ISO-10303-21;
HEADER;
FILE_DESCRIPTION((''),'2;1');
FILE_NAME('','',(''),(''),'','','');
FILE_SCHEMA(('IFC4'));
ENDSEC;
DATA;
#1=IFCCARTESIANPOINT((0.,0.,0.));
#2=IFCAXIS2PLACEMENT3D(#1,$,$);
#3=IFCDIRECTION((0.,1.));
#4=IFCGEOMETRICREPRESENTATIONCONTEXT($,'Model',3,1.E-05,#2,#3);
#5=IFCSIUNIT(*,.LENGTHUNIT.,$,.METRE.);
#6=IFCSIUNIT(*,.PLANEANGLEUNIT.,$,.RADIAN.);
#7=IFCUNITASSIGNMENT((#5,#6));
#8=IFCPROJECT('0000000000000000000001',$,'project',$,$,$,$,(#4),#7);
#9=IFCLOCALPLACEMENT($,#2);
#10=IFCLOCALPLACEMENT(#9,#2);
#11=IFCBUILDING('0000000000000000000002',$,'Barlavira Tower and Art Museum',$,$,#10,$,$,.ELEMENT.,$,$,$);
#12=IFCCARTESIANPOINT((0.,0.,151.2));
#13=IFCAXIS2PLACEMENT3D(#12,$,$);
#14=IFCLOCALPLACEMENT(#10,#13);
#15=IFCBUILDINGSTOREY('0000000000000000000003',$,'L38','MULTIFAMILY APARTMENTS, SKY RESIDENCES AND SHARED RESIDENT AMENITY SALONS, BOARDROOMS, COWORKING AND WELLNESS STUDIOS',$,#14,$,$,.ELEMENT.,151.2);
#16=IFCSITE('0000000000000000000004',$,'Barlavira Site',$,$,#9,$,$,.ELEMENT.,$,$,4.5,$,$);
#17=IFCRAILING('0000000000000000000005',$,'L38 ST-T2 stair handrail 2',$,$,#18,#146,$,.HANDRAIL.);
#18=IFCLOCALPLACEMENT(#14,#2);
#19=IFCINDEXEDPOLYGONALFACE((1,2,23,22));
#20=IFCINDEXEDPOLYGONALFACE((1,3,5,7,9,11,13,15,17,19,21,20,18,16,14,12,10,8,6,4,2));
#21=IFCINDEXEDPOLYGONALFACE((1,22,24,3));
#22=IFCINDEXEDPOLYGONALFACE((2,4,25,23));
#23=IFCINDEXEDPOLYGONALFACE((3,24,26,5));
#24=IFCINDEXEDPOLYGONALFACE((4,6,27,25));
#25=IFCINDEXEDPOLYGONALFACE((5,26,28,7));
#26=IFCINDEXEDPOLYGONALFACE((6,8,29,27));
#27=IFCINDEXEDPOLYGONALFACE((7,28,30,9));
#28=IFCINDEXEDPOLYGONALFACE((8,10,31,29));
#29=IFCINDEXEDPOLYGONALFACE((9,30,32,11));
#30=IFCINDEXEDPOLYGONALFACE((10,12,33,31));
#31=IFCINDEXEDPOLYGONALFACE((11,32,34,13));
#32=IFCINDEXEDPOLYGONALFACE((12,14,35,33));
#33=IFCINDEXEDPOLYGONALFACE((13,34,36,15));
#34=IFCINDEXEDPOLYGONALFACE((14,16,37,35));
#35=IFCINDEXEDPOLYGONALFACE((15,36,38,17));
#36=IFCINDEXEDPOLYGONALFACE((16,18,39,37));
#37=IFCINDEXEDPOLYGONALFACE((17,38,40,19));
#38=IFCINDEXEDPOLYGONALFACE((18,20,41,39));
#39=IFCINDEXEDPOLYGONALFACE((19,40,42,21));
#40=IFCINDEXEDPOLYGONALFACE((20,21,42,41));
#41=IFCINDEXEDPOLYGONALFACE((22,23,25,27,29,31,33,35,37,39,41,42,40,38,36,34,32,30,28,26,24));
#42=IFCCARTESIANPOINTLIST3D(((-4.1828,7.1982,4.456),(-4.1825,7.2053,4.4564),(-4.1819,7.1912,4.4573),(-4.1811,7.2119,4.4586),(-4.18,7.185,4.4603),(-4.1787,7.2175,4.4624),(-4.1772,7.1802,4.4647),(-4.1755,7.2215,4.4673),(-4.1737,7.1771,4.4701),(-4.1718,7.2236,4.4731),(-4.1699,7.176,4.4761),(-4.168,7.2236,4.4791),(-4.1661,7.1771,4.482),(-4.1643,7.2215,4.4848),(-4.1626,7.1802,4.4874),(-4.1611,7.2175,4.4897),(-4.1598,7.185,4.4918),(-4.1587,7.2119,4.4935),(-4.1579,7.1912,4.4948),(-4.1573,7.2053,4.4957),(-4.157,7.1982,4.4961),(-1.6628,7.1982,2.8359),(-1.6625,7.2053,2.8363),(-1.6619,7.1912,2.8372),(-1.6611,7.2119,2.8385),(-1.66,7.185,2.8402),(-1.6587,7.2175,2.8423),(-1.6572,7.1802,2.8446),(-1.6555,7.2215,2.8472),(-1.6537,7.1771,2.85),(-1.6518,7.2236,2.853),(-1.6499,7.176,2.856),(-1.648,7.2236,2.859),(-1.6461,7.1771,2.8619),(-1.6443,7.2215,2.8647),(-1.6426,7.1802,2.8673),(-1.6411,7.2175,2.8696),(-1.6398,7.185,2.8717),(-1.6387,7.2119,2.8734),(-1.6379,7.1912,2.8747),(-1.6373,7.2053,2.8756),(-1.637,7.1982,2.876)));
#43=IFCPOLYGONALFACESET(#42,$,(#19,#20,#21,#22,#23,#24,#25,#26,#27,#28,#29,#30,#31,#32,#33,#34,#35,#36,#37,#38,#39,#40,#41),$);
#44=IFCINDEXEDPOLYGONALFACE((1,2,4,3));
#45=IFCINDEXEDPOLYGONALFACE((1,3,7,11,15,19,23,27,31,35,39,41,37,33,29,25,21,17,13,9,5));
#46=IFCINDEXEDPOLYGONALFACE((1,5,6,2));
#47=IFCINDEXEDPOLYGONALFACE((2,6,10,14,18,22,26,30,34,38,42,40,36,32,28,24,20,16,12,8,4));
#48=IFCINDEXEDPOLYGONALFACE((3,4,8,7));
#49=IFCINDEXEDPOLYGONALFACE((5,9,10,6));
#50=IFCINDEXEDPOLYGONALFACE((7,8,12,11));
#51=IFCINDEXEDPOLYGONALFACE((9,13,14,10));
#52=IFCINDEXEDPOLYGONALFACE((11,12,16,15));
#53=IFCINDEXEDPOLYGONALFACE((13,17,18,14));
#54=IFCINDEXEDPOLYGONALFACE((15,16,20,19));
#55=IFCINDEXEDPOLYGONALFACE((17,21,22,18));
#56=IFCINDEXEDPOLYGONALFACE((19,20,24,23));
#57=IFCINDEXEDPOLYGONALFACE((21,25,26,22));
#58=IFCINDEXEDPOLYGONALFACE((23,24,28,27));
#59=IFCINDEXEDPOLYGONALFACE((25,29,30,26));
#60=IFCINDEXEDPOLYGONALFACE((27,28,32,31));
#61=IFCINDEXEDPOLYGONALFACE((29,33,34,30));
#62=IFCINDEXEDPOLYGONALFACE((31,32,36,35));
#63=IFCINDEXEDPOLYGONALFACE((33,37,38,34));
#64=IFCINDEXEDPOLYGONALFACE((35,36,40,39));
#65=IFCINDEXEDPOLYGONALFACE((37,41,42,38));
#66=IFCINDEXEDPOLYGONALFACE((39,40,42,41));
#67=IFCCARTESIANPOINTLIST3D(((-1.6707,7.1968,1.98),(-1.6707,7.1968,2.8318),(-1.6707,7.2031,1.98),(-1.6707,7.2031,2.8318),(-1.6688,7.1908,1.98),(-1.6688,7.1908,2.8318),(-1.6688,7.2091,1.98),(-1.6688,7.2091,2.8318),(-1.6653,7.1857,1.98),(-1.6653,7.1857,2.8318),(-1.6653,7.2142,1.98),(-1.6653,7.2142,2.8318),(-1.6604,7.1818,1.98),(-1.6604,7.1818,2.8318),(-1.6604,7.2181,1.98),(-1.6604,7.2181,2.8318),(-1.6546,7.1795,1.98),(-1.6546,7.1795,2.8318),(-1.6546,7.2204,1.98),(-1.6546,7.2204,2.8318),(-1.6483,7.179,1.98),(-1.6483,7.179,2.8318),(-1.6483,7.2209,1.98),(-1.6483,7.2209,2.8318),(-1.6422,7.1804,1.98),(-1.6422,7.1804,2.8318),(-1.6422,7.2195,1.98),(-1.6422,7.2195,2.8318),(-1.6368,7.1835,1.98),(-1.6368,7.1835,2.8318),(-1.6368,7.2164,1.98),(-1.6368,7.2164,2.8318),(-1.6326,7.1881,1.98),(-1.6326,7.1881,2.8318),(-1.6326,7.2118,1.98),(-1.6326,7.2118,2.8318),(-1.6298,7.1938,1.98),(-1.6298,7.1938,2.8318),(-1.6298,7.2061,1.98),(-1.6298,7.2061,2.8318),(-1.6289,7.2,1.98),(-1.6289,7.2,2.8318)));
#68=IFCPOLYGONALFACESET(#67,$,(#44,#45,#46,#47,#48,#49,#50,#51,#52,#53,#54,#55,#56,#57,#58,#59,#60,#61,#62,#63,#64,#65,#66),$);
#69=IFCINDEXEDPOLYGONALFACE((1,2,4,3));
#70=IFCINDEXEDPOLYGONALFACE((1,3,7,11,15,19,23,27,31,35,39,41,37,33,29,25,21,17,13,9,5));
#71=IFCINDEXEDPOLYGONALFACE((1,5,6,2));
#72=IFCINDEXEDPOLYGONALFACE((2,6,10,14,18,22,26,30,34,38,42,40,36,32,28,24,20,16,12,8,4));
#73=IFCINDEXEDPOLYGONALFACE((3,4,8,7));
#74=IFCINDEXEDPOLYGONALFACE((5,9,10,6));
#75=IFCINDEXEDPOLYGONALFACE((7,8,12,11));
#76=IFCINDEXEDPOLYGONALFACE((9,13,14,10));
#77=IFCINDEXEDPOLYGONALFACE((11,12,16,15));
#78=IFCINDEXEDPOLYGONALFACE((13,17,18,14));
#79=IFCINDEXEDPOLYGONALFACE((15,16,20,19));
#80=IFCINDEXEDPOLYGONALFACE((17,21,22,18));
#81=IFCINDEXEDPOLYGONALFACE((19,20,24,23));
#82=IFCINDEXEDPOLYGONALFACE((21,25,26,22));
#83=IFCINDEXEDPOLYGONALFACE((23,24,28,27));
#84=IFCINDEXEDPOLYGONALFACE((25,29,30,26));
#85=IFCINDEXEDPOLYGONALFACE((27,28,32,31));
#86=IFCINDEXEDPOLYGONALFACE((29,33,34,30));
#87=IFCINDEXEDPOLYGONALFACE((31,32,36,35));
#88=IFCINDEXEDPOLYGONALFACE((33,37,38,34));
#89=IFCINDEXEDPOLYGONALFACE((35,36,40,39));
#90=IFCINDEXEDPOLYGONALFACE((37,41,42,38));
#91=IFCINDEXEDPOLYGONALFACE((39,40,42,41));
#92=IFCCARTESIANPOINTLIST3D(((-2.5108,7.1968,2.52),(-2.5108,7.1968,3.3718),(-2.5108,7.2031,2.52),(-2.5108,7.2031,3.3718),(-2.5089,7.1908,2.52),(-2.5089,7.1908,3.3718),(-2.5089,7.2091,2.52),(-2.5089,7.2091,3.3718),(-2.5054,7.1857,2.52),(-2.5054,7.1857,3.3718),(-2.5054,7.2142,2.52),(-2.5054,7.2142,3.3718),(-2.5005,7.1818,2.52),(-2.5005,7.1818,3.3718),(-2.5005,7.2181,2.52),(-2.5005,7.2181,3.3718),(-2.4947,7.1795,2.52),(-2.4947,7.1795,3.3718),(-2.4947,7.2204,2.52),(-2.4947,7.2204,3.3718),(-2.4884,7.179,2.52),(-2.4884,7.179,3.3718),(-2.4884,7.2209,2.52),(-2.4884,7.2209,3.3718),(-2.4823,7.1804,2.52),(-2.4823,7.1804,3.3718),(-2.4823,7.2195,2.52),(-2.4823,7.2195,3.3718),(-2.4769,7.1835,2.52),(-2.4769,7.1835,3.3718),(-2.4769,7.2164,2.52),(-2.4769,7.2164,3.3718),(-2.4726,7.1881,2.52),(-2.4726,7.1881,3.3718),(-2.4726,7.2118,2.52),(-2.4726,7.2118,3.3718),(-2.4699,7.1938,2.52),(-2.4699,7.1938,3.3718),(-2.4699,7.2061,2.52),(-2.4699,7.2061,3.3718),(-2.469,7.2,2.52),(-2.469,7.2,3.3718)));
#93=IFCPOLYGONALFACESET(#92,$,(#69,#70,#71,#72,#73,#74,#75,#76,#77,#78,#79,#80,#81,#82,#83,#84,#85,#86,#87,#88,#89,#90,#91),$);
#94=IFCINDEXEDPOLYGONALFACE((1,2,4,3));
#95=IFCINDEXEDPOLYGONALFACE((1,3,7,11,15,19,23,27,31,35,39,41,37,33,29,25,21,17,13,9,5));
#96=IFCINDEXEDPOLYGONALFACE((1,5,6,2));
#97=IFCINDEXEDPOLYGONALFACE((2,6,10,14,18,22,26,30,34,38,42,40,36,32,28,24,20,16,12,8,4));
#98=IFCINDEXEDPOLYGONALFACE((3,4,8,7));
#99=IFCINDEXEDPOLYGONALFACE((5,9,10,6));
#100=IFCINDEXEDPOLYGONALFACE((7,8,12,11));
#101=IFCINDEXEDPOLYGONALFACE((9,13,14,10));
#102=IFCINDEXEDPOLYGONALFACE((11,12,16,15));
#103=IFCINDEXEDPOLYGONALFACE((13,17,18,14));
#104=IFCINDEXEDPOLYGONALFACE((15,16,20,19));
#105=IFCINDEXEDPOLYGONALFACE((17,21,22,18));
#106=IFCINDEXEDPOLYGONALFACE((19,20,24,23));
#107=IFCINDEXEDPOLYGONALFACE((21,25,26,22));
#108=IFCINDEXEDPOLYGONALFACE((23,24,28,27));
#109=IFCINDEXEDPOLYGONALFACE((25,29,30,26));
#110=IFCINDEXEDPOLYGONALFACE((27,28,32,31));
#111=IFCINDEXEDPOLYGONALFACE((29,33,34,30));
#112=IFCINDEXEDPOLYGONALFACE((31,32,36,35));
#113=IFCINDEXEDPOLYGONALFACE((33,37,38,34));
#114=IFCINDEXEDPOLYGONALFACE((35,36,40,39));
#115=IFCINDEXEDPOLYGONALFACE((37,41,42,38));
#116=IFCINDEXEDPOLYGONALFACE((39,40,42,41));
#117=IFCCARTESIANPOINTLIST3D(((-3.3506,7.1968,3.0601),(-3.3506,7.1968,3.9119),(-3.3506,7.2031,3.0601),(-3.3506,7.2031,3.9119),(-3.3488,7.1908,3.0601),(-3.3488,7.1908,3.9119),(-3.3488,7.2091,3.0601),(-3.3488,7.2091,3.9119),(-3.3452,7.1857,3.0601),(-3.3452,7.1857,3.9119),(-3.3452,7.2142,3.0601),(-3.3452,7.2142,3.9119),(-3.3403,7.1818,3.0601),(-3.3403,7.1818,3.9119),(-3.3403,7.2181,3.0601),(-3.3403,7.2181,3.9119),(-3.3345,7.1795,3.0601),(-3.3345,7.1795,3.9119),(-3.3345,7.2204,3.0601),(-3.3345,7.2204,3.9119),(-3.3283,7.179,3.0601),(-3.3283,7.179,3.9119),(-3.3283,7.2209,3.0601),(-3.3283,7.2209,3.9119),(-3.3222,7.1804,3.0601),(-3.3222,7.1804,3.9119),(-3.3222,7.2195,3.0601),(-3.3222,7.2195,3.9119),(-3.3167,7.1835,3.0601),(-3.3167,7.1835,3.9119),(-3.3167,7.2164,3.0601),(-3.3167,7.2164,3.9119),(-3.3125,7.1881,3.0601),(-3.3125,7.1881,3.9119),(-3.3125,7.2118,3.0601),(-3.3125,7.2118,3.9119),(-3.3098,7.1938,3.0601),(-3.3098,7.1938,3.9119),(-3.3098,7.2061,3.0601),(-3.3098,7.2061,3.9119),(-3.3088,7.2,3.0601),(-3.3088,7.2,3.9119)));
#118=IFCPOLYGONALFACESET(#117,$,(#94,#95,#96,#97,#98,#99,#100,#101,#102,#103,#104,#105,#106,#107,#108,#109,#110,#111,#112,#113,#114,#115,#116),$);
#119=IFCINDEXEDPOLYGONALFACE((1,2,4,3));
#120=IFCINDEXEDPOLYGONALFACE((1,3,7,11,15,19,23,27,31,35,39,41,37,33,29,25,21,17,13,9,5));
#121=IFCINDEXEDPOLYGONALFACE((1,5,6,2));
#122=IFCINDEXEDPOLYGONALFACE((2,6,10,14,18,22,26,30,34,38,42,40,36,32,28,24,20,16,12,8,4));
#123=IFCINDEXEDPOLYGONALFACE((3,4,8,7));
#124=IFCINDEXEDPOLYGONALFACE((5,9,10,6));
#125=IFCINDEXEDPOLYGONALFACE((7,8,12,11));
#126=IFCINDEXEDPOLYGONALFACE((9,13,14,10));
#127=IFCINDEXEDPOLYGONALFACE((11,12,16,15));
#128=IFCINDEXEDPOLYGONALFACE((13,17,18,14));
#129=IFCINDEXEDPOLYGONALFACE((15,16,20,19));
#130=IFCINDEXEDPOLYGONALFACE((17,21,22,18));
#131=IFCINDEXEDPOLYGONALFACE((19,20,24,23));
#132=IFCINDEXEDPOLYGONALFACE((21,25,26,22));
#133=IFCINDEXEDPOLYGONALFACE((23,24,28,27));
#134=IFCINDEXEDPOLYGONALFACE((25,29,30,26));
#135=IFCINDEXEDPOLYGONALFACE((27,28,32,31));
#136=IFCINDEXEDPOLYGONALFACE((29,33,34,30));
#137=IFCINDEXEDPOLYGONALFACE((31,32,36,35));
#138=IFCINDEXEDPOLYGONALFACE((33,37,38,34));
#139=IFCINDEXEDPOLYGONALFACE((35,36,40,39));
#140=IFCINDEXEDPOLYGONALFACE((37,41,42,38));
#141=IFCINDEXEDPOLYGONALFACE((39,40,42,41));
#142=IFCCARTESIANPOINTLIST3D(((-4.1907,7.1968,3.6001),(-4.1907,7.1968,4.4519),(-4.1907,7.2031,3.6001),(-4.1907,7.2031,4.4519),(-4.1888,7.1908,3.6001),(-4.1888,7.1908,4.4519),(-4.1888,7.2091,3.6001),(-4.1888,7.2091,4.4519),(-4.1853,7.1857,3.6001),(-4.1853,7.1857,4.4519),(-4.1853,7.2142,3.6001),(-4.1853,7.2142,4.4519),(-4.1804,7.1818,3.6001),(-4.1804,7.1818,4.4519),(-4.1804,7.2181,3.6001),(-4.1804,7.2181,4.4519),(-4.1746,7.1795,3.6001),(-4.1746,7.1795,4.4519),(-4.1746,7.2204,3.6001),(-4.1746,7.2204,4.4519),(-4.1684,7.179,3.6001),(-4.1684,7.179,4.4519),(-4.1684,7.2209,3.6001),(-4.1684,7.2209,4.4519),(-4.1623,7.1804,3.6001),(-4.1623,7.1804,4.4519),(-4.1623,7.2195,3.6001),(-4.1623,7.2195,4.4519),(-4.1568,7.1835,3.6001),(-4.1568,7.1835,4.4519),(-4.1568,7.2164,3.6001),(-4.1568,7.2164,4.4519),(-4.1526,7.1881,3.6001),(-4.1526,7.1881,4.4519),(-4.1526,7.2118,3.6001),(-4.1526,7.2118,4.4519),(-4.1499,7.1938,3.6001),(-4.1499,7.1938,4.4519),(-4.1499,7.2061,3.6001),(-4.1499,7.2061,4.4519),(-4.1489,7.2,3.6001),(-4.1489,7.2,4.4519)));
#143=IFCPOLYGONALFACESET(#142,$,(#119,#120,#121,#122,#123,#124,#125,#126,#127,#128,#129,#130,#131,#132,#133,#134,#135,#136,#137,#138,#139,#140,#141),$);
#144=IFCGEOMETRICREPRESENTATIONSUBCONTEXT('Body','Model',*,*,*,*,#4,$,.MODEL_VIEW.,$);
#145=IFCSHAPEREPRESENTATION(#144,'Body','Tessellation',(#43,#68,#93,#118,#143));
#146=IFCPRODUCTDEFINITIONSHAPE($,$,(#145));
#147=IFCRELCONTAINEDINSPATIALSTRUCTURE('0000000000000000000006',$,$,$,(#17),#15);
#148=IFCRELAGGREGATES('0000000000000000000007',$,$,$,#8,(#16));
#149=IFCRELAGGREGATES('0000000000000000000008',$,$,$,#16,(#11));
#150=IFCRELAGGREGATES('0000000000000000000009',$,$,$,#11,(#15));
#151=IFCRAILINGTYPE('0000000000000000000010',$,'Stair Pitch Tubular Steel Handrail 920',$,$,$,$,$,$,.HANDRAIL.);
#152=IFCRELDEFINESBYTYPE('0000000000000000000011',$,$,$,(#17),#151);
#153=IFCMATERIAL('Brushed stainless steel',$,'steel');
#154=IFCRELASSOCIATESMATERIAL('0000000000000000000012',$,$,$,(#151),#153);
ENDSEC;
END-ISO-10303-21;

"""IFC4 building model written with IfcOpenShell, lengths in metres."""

from ifc_helpers import new_model, si_unit, direction, frame, origin, origin_2d, place, context, subcontext, project, spatial, circle, extrude, material, type_object, element, save


model = new_model("IFC4")

# Units and contexts
model_context = context("Model", 3, precision=1e-05, world=origin(), true_north=direction((0.0, 1.0)))
body_context = subcontext(model_context, "Body", "Model", "MODEL_VIEW")
ifc_project = project(units=[si_unit("LENGTHUNIT", "METRE"), si_unit("PLANEANGLEUNIT", "RADIAN")], contexts=[model_context])

# Site, building, storey
site_placement = place(None, origin())
site = spatial("IfcSite", under=ifc_project, at=site_placement, Name="Barlavira Site", CompositionType="ELEMENT", RefElevation=4.5)
building_placement = place(site_placement, origin())
building = spatial("IfcBuilding", under=site, at=building_placement, Name="Barlavira Tower and Art Museum", CompositionType="ELEMENT")
storey_placement = place(building_placement, frame((0.0, 0.0, 151.2)))
storey = spatial("IfcBuildingStorey", under=building, at=storey_placement, Name="L38", Description="MULTIFAMILY APARTMENTS, SKY RESIDENCES AND SHARED RESIDENT AMENITY SALONS, BOARDROOMS, COWORKING AND WELLNESS STUDIOS", CompositionType="ELEMENT", Elevation=151.2)

# Shared definitions
ifc_material_1 = material(Name="Brushed stainless steel", Category="steel")

# Railing
railing_type_1 = type_object("IfcRailingType", Name="Stair Pitch Tubular Steel Handrail 920", PredefinedType="HANDRAIL", material=ifc_material_1)
railing_1_placement = place(storey_placement, frame((-1.6499, 7.2, 1.98)))
element("IfcRailing", 1, at=railing_1_placement, inside=storey, type_object=railing_type_1, Name="L38 ST-T2 stair handrail 2", PredefinedType="HANDRAIL", context=body_context, shape_type="SweptSolid", body=[
    extrude(circle(Radius=0.0239, at=origin_2d()), frame((0.0, 0.0, 0.876), z_axis=(-0.841163, 0.0, 0.540782), x_axis=(0.0, -1.0, 0.0)), (0.0, 0.0, 1.0), 2.9958),
    extrude(circle(Radius=0.021, at=origin_2d()), origin(), (0.0, 0.0, 1.0), 0.8518),
    extrude(circle(Radius=0.021, at=origin_2d()), frame((-0.8401, 0.0, 0.54)), (0.0, 0.0, 1.0), 0.8518),
    extrude(circle(Radius=0.021, at=origin_2d()), frame((-1.6799, 0.0, 1.0801)), (0.0, 0.0, 1.0), 0.8518),
    extrude(circle(Radius=0.021, at=origin_2d()), frame((-2.52, 0.0, 1.6201)), (0.0, 0.0, 1.0), 0.8518),
])

save(model, "model.ifc")
